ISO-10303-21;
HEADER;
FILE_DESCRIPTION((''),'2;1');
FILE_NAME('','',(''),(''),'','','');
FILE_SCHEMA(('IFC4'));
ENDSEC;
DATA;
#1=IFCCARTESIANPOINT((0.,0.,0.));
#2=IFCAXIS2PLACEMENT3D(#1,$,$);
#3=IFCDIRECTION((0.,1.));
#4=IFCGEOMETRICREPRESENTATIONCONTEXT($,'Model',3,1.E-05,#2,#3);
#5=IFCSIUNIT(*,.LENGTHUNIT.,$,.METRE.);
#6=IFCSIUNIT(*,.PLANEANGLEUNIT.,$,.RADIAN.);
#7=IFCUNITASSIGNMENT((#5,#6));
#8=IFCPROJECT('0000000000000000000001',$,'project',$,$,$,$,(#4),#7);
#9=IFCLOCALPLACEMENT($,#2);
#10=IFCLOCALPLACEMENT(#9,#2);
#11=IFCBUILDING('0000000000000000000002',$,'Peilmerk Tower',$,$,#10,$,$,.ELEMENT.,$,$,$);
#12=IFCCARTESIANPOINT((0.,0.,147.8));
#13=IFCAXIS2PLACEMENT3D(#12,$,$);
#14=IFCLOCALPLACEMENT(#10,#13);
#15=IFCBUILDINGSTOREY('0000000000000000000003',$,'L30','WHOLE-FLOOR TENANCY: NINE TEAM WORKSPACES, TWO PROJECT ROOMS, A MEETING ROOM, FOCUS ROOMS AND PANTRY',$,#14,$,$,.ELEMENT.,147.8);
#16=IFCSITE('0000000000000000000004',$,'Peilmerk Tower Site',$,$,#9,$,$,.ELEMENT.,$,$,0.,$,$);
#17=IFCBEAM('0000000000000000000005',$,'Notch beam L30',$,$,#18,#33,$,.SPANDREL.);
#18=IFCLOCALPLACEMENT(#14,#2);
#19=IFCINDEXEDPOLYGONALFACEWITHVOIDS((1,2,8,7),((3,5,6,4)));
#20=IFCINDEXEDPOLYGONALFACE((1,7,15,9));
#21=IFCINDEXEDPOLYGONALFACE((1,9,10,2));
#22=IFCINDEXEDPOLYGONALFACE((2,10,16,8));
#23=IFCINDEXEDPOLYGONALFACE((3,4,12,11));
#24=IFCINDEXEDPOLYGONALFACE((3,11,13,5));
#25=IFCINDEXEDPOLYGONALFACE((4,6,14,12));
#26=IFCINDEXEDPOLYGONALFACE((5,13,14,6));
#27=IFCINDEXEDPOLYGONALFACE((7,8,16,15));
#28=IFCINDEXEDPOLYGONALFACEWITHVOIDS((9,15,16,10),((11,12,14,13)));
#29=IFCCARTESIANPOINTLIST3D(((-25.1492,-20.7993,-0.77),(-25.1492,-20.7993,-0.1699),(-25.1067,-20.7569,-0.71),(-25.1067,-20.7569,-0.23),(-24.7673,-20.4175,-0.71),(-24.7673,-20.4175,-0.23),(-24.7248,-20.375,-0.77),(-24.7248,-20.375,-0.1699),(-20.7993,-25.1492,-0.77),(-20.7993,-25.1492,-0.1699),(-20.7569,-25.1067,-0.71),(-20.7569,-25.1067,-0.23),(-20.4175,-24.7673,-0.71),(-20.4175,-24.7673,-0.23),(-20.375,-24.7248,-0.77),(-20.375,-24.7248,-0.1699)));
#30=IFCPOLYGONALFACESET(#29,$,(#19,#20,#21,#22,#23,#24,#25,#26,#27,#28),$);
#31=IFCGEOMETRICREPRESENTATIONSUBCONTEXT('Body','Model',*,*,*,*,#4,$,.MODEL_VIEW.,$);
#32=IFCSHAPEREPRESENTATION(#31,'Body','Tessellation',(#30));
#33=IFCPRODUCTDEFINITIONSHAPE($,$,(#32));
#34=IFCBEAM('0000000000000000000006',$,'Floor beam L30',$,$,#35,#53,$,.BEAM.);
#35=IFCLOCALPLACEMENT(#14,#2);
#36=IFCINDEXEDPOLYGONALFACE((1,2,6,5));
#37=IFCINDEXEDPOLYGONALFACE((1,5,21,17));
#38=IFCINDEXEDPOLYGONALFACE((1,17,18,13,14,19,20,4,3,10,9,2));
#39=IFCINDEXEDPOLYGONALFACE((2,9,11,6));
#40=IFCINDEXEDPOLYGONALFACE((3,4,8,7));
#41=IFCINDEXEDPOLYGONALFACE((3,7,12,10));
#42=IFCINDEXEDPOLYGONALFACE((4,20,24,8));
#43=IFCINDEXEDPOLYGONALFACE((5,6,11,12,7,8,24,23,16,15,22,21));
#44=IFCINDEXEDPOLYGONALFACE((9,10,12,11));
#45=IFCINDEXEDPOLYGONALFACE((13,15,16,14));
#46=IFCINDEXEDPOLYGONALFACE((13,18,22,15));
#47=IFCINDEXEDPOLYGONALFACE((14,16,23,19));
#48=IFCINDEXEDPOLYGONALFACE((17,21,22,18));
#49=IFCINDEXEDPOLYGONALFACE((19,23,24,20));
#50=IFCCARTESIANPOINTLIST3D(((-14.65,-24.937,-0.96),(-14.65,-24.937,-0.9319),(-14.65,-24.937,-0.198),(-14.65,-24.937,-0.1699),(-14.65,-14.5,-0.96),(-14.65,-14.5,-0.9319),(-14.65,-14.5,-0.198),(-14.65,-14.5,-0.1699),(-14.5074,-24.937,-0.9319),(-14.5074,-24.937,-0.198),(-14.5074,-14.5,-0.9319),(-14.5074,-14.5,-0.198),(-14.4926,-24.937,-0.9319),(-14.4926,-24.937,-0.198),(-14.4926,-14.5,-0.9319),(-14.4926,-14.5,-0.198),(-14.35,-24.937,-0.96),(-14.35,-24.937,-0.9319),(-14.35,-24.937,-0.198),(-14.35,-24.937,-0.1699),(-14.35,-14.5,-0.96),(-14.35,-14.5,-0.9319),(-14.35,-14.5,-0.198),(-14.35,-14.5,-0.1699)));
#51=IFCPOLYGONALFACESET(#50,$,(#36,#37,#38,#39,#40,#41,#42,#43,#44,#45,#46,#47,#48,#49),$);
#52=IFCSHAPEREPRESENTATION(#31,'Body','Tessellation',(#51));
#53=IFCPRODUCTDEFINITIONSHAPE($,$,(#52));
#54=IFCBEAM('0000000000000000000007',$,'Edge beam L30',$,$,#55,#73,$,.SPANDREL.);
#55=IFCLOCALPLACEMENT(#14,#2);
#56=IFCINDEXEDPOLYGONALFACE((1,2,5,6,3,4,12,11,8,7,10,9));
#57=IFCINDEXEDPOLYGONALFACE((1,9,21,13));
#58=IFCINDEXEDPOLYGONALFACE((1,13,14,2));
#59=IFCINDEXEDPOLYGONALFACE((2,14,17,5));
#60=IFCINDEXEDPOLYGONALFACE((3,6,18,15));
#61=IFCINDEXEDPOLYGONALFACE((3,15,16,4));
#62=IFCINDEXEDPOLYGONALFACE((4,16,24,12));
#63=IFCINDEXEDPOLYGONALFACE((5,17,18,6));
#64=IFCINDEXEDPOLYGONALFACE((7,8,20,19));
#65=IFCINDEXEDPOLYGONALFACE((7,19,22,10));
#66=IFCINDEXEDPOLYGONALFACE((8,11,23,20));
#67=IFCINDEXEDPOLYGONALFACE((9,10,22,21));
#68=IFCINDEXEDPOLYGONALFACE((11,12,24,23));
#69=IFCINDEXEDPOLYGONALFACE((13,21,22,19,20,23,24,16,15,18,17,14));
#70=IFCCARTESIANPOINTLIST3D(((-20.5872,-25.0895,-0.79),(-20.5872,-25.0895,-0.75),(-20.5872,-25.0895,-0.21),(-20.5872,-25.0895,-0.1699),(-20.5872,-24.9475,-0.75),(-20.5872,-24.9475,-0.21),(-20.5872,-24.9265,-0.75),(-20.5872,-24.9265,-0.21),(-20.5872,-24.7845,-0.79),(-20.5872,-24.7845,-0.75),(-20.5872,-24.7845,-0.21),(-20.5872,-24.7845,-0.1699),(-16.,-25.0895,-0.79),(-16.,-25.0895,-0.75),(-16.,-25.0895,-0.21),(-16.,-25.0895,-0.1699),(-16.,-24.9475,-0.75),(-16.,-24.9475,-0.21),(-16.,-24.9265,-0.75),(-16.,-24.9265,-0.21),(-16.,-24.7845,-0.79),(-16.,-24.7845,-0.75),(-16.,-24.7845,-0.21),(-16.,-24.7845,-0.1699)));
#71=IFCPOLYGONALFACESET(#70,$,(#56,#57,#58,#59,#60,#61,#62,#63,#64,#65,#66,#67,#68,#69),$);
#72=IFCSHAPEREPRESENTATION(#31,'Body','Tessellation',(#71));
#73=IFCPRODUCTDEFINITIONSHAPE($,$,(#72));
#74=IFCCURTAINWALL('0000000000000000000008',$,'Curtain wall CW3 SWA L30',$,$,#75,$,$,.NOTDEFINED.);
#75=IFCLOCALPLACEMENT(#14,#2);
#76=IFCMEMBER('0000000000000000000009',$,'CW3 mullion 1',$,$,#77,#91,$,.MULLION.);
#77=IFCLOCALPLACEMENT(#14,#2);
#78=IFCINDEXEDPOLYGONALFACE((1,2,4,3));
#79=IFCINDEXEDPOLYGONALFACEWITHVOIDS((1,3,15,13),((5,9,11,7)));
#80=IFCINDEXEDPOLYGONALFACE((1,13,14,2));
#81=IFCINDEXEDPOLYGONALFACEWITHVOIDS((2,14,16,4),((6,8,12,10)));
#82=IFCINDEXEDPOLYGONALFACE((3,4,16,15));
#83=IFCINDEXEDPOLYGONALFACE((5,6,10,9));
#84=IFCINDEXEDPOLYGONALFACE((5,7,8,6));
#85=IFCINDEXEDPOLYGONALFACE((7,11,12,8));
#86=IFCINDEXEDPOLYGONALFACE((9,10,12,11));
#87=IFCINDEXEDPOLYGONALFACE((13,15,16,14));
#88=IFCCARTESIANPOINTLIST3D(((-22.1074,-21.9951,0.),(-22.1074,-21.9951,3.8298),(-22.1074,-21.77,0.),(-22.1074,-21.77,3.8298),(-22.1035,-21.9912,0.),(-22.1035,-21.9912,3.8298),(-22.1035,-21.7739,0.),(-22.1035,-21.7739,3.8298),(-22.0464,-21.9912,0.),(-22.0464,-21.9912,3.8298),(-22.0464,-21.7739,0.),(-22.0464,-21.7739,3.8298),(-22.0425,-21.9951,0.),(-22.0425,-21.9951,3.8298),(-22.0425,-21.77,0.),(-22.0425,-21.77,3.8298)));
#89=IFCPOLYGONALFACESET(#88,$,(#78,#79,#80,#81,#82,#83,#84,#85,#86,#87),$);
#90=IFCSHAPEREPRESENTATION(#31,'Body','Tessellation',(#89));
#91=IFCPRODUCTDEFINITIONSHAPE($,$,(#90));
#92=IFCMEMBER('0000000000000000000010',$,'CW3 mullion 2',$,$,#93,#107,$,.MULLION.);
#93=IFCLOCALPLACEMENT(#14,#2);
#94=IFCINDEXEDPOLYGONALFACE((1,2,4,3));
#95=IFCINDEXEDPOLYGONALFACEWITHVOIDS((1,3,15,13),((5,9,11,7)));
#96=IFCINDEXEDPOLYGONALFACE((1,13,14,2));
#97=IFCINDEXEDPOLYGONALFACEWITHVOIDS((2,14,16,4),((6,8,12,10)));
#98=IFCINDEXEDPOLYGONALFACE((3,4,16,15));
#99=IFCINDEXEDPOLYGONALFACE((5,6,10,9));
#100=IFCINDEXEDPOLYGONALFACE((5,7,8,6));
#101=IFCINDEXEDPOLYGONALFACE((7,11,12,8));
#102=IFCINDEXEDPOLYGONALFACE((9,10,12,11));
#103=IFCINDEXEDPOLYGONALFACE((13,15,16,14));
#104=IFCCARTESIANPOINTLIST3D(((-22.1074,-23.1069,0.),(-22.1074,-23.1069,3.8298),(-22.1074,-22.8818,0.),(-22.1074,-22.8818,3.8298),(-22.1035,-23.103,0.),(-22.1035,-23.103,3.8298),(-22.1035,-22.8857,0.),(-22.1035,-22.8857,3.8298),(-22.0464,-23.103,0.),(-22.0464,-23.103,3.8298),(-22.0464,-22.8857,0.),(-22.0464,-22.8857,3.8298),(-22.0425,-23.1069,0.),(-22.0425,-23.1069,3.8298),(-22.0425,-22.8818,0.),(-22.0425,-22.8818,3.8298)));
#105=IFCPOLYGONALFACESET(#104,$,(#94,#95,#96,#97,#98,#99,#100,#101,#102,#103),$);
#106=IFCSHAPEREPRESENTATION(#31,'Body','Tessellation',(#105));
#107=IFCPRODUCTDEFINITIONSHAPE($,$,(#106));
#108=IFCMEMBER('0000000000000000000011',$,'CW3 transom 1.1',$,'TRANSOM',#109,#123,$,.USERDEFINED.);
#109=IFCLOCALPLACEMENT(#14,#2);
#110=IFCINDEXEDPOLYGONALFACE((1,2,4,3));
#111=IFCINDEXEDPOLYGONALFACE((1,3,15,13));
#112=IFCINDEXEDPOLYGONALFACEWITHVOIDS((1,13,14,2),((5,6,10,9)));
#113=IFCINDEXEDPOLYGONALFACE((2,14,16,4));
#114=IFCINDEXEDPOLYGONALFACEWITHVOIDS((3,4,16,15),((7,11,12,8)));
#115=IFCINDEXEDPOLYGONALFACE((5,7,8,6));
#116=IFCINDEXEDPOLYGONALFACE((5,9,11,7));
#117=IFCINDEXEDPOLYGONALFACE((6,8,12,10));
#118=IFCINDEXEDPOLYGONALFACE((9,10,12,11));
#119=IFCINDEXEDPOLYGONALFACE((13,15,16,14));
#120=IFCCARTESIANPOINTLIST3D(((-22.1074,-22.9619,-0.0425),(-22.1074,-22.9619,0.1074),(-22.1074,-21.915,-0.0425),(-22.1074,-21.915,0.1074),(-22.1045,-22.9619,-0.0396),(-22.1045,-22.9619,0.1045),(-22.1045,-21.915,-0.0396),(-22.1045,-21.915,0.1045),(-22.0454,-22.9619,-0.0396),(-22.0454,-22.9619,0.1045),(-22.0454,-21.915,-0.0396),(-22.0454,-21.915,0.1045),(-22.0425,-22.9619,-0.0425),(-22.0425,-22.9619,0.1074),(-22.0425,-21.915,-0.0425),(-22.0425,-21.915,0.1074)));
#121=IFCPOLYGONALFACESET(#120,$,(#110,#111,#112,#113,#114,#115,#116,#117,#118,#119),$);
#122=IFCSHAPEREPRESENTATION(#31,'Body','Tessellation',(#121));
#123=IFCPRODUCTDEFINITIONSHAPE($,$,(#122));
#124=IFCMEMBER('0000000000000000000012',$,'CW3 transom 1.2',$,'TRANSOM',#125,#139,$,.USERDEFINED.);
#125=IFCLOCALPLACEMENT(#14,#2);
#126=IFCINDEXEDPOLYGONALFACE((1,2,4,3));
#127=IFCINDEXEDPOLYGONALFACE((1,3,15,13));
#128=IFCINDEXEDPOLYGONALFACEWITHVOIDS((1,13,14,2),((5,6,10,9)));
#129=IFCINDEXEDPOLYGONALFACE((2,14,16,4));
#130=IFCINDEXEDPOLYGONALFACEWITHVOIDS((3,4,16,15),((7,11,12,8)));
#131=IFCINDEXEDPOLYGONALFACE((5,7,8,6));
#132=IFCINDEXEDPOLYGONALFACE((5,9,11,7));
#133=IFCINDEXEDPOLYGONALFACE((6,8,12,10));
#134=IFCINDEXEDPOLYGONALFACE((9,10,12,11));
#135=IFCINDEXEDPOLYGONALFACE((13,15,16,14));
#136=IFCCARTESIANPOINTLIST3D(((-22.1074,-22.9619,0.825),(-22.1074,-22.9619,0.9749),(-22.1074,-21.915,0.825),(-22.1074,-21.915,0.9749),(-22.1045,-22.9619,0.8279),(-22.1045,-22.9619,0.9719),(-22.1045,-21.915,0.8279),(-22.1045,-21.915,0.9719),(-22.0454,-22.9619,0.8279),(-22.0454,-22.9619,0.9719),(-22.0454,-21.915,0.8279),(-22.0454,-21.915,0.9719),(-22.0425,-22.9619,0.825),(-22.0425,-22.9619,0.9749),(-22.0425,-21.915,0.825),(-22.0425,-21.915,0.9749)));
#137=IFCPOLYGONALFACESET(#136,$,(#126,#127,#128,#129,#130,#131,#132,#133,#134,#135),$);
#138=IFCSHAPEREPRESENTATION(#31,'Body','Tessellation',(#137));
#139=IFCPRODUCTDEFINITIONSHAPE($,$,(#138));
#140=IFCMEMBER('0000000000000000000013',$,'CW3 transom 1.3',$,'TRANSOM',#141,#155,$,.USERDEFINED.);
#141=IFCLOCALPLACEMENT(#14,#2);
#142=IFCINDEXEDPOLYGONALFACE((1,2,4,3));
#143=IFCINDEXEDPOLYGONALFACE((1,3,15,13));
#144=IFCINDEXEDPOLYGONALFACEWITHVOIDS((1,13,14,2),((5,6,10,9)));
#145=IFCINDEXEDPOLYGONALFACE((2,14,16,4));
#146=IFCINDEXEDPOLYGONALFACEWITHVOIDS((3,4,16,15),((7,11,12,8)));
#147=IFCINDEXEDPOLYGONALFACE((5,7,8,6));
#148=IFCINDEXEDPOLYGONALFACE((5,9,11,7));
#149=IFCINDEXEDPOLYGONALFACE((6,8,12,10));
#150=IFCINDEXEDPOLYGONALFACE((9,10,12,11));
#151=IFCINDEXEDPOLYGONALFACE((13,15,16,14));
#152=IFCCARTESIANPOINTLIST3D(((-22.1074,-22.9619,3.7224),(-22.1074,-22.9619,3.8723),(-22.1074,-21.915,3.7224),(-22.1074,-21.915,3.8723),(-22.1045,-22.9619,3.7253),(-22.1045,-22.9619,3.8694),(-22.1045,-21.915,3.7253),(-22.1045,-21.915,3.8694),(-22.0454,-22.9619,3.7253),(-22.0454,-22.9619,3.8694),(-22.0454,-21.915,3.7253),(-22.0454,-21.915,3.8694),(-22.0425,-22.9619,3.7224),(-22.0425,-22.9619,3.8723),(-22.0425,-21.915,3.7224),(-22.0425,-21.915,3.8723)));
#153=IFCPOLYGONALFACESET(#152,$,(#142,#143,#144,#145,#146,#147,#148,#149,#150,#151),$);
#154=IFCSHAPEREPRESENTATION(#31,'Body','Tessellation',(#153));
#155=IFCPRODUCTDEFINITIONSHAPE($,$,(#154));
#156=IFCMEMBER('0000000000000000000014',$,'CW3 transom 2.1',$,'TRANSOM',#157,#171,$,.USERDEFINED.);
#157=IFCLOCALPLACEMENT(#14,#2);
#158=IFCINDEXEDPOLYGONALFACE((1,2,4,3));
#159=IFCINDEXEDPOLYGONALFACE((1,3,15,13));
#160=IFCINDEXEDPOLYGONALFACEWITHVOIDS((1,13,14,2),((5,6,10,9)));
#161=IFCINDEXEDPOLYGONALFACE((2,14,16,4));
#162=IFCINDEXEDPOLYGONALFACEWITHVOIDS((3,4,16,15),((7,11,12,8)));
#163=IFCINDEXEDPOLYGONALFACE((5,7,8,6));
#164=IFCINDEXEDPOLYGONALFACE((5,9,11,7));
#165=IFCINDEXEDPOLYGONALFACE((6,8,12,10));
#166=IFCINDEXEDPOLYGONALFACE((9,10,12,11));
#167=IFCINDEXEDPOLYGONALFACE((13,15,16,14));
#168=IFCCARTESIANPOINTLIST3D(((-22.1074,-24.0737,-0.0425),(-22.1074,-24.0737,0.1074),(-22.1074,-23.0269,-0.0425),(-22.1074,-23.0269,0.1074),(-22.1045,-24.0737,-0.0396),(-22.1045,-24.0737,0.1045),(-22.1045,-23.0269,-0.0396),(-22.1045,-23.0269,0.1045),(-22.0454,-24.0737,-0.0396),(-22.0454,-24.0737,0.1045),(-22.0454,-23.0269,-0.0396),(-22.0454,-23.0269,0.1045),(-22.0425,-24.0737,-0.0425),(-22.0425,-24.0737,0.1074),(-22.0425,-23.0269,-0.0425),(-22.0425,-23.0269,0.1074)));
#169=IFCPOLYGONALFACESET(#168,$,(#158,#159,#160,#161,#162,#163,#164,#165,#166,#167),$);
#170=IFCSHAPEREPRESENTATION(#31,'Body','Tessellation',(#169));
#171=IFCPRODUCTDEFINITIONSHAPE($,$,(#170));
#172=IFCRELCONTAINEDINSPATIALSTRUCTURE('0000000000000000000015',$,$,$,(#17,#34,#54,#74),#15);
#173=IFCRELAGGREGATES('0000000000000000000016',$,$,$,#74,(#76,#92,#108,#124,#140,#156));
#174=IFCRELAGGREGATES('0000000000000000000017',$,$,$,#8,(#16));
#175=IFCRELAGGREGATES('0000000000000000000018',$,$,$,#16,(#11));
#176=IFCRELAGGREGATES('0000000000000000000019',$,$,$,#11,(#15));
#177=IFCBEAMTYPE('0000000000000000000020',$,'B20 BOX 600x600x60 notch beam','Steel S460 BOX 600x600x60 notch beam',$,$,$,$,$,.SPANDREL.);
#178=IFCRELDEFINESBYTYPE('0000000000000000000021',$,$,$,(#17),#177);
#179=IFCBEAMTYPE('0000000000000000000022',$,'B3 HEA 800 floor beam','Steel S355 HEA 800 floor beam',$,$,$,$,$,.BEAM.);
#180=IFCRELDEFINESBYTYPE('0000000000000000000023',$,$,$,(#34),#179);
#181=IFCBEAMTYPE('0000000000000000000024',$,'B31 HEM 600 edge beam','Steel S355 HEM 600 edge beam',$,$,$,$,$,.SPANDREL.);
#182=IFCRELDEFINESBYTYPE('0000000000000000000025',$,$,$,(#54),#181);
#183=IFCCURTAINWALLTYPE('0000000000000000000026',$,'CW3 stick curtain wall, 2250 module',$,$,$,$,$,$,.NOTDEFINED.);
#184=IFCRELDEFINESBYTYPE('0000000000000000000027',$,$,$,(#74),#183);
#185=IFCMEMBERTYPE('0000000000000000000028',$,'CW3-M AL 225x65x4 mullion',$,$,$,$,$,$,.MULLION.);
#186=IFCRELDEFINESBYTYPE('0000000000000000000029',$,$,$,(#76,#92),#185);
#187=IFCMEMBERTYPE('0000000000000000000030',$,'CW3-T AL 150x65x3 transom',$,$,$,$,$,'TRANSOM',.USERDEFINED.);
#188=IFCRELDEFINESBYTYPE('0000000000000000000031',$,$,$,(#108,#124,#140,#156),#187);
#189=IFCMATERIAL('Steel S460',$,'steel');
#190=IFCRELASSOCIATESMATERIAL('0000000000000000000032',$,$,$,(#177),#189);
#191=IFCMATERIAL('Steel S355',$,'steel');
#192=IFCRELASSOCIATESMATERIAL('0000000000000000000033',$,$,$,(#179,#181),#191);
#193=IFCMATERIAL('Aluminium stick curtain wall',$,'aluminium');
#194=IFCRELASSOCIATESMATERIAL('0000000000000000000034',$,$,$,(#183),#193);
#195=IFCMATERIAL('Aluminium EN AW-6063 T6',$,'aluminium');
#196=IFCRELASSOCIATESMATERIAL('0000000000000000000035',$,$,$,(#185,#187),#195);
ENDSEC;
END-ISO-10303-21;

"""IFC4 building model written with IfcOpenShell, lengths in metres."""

from ifc_helpers import new_model, si_unit, direction, frame, origin, origin_2d, place, context, subcontext, project, spatial, hollow_rectangle, i_section, extrude, material, material_profile, profile_set, type_object, element, aggregate, save


model = new_model("IFC4")

# Units and contexts
model_context = context("Model", 3, precision=1e-05, world=origin(), true_north=direction((0.0, 1.0)))
body_context = subcontext(model_context, "Body", "Model", "MODEL_VIEW")
ifc_project = project(units=[si_unit("LENGTHUNIT", "METRE"), si_unit("PLANEANGLEUNIT", "RADIAN")], contexts=[model_context])

# Site, building, storey
site_placement = place(None, origin())
site = spatial("IfcSite", under=ifc_project, at=site_placement, Name="Peilmerk Tower Site", CompositionType="ELEMENT", RefElevation=0.0)
building_placement = place(site_placement, origin())
building = spatial("IfcBuilding", under=site, at=building_placement, Name="Peilmerk Tower", CompositionType="ELEMENT")
storey_placement = place(building_placement, frame((0.0, 0.0, 147.8)))
storey = spatial("IfcBuildingStorey", under=building, at=storey_placement, Name="L30", Description="WHOLE-FLOOR TENANCY: NINE TEAM WORKSPACES, TWO PROJECT ROOMS, A MEETING ROOM, FOCUS ROOMS AND PANTRY", CompositionType="ELEMENT", Elevation=147.8)

# Shared definitions
ifc_material_1 = material(Name="Steel S460", Category="steel")

# Beams
ifc_material_2 = material(Name="Steel S355", Category="steel")
ifc_material_profile_1 = material_profile(ifc_material_1, hollow_rectangle(XDim=0.6001, YDim=0.6001, WallThickness=0.0601, at=origin_2d()), Name="BOX 600x600x60")
ifc_profile_set_1 = profile_set([ifc_material_profile_1], Name="Steel S460")
beam_type_1 = type_object("IfcBeamType", Name="B20 BOX 600x600x60 notch beam", Description="Steel S460 BOX 600x600x60 notch beam", PredefinedType="SPANDREL", material=ifc_profile_set_1)
beam_1_placement = place(storey_placement, frame((-20.5872, -24.937, -0.47), z_axis=(-0.707107, 0.707107, 0.0), x_axis=(-0.707107, -0.707107, 0.0)))
element("IfcBeam", 1, at=beam_1_placement, inside=storey, type_object=beam_type_1, Name="Notch beam L30", PredefinedType="SPANDREL", context=body_context, shape_type="SweptSolid", body=[
    extrude(hollow_rectangle(XDim=0.6001, YDim=0.6001, WallThickness=0.0601, at=origin_2d()), origin(), (0.0, 0.0, 1.0), 6.1516),
])
ifc_material_profile_2 = material_profile(ifc_material_2, i_section(OverallWidth=0.3, OverallDepth=0.79, WebThickness=0.0149, FlangeThickness=0.0281, at=origin_2d()), Name="HEA 800")
ifc_profile_set_2 = profile_set([ifc_material_profile_2], Name="Steel S355")
beam_type_2 = type_object("IfcBeamType", Name="B3 HEA 800 floor beam", Description="Steel S355 HEA 800 floor beam", PredefinedType="BEAM", material=ifc_profile_set_2)
beam_2_placement = place(storey_placement, frame((-14.5, -14.5, -0.5649), z_axis=(0.0, -1.0, 0.0), x_axis=(1.0, 0.0, 0.0)))
element("IfcBeam", 2, at=beam_2_placement, inside=storey, type_object=beam_type_2, Name="Floor beam L30", PredefinedType="BEAM", context=body_context, shape_type="SweptSolid", body=[
    extrude(i_section(OverallWidth=0.3, OverallDepth=0.79, WebThickness=0.0149, FlangeThickness=0.0281, at=origin_2d()), origin(), (0.0, 0.0, 1.0), 10.437),
])
ifc_material_profile_3 = material_profile(ifc_material_2, i_section(OverallWidth=0.3049, OverallDepth=0.6201, WebThickness=0.021, FlangeThickness=0.04, at=origin_2d()), Name="HEM 600")
ifc_profile_set_3 = profile_set([ifc_material_profile_3], Name="Steel S355")
beam_type_3 = type_object("IfcBeamType", Name="B31 HEM 600 edge beam", Description="Steel S355 HEM 600 edge beam", PredefinedType="SPANDREL", material=ifc_profile_set_3)
beam_3_placement = place(storey_placement, frame((-20.5872, -24.937, -0.48), z_axis=(1.0, 0.0, 0.0), x_axis=(0.0, 1.0, 0.0)))
element("IfcBeam", 3, at=beam_3_placement, inside=storey, type_object=beam_type_3, Name="Edge beam L30", PredefinedType="SPANDREL", context=body_context, shape_type="SweptSolid", body=[
    extrude(i_section(OverallWidth=0.3049, OverallDepth=0.6201, WebThickness=0.021, FlangeThickness=0.04, at=origin_2d()), origin(), (0.0, 0.0, 1.0), 4.5872),
])

# Curtain wall, members
ifc_material_3 = material(Name="Aluminium stick curtain wall", Category="aluminium")
curtain_wall_type = type_object("IfcCurtainWallType", Name="CW3 stick curtain wall, 2250 module", PredefinedType="NOTDEFINED", material=ifc_material_3)
curtain_wall_placement = place(storey_placement, origin())
curtain_wall = element("IfcCurtainWall", 4, at=curtain_wall_placement, inside=storey, type_object=curtain_wall_type, Name="Curtain wall CW3 SWA L30", PredefinedType="NOTDEFINED")
ifc_material_4 = material(Name="Aluminium EN AW-6063 T6", Category="aluminium")
ifc_material_profile_4 = material_profile(ifc_material_4, hollow_rectangle(XDim=0.0649, YDim=0.2251, WallThickness=0.0039, at=origin_2d()), Name="AL 225x65x4")
ifc_profile_set_4 = profile_set([ifc_material_profile_4], Name="Aluminium EN AW-6063 T6")
member_type_1 = type_object("IfcMemberType", Name="CW3-M AL 225x65x4 mullion", PredefinedType="MULLION", material=ifc_profile_set_4)
member_1_placement = place(storey_placement, frame((-22.075, -21.8826, 0.0), z_axis=(0.0, 0.0, 1.0), x_axis=(1.0, 0.0, 0.0)))
member_1 = element("IfcMember", 5, at=member_1_placement, type_object=member_type_1, Name="CW3 mullion 1", PredefinedType="MULLION", context=body_context, shape_type="SweptSolid", body=[
    extrude(hollow_rectangle(XDim=0.0649, YDim=0.2251, WallThickness=0.0039, at=origin_2d()), origin(), (0.0, 0.0, 1.0), 3.8298),
])
member_2_placement = place(storey_placement, frame((-22.075, -22.9944, 0.0), z_axis=(0.0, 0.0, 1.0), x_axis=(1.0, 0.0, 0.0)))
member_2 = element("IfcMember", 6, at=member_2_placement, type_object=member_type_1, Name="CW3 mullion 2", PredefinedType="MULLION", context=body_context, shape_type="SweptSolid", body=[
    extrude(hollow_rectangle(XDim=0.0649, YDim=0.2251, WallThickness=0.0039, at=origin_2d()), origin(), (0.0, 0.0, 1.0), 3.8298),
])
ifc_material_profile_5 = material_profile(ifc_material_4, hollow_rectangle(XDim=0.0649, YDim=0.1499, WallThickness=0.0029, at=origin_2d()), Name="AL 150x65x3")
ifc_profile_set_5 = profile_set([ifc_material_profile_5], Name="Aluminium EN AW-6063 T6")
member_type_2 = type_object("IfcMemberType", Name="CW3-T AL 150x65x3 transom", ElementType="TRANSOM", PredefinedType="USERDEFINED", material=ifc_profile_set_5)
member_3_placement = place(storey_placement, frame((-22.075, -21.915, 0.0325), z_axis=(0.0, -1.0, 0.0), x_axis=(1.0, 0.0, 0.0)))
member_3 = element("IfcMember", 7, at=member_3_placement, type_object=member_type_2, Name="CW3 transom 1.1", ObjectType="TRANSOM", PredefinedType="USERDEFINED", context=body_context, shape_type="SweptSolid", body=[
    extrude(hollow_rectangle(XDim=0.0649, YDim=0.1499, WallThickness=0.0029, at=origin_2d()), origin(), (0.0, 0.0, 1.0), 1.0469),
])
member_4_placement = place(storey_placement, frame((-22.075, -21.915, 0.8999), z_axis=(0.0, -1.0, 0.0), x_axis=(1.0, 0.0, 0.0)))
member_4 = element("IfcMember", 8, at=member_4_placement, type_object=member_type_2, Name="CW3 transom 1.2", ObjectType="TRANSOM", PredefinedType="USERDEFINED", context=body_context, shape_type="SweptSolid", body=[
    extrude(hollow_rectangle(XDim=0.0649, YDim=0.1499, WallThickness=0.0029, at=origin_2d()), origin(), (0.0, 0.0, 1.0), 1.0469),
])
member_5_placement = place(storey_placement, frame((-22.075, -21.915, 3.7974), z_axis=(0.0, -1.0, 0.0), x_axis=(1.0, 0.0, 0.0)))
member_5 = element("IfcMember", 9, at=member_5_placement, type_object=member_type_2, Name="CW3 transom 1.3", ObjectType="TRANSOM", PredefinedType="USERDEFINED", context=body_context, shape_type="SweptSolid", body=[
    extrude(hollow_rectangle(XDim=0.0649, YDim=0.1499, WallThickness=0.0029, at=origin_2d()), origin(), (0.0, 0.0, 1.0), 1.0469),
])
member_6_placement = place(storey_placement, frame((-22.075, -23.0269, 0.0325), z_axis=(0.0, -1.0, 0.0), x_axis=(1.0, 0.0, 0.0)))
member_6 = element("IfcMember", 10, at=member_6_placement, type_object=member_type_2, Name="CW3 transom 2.1", ObjectType="TRANSOM", PredefinedType="USERDEFINED", context=body_context, shape_type="SweptSolid", body=[
    extrude(hollow_rectangle(XDim=0.0649, YDim=0.1499, WallThickness=0.0029, at=origin_2d()), origin(), (0.0, 0.0, 1.0), 1.0469),
])
aggregate(curtain_wall, [member_1, member_2, member_3, member_4, member_5, member_6])

save(model, "model.ifc")
